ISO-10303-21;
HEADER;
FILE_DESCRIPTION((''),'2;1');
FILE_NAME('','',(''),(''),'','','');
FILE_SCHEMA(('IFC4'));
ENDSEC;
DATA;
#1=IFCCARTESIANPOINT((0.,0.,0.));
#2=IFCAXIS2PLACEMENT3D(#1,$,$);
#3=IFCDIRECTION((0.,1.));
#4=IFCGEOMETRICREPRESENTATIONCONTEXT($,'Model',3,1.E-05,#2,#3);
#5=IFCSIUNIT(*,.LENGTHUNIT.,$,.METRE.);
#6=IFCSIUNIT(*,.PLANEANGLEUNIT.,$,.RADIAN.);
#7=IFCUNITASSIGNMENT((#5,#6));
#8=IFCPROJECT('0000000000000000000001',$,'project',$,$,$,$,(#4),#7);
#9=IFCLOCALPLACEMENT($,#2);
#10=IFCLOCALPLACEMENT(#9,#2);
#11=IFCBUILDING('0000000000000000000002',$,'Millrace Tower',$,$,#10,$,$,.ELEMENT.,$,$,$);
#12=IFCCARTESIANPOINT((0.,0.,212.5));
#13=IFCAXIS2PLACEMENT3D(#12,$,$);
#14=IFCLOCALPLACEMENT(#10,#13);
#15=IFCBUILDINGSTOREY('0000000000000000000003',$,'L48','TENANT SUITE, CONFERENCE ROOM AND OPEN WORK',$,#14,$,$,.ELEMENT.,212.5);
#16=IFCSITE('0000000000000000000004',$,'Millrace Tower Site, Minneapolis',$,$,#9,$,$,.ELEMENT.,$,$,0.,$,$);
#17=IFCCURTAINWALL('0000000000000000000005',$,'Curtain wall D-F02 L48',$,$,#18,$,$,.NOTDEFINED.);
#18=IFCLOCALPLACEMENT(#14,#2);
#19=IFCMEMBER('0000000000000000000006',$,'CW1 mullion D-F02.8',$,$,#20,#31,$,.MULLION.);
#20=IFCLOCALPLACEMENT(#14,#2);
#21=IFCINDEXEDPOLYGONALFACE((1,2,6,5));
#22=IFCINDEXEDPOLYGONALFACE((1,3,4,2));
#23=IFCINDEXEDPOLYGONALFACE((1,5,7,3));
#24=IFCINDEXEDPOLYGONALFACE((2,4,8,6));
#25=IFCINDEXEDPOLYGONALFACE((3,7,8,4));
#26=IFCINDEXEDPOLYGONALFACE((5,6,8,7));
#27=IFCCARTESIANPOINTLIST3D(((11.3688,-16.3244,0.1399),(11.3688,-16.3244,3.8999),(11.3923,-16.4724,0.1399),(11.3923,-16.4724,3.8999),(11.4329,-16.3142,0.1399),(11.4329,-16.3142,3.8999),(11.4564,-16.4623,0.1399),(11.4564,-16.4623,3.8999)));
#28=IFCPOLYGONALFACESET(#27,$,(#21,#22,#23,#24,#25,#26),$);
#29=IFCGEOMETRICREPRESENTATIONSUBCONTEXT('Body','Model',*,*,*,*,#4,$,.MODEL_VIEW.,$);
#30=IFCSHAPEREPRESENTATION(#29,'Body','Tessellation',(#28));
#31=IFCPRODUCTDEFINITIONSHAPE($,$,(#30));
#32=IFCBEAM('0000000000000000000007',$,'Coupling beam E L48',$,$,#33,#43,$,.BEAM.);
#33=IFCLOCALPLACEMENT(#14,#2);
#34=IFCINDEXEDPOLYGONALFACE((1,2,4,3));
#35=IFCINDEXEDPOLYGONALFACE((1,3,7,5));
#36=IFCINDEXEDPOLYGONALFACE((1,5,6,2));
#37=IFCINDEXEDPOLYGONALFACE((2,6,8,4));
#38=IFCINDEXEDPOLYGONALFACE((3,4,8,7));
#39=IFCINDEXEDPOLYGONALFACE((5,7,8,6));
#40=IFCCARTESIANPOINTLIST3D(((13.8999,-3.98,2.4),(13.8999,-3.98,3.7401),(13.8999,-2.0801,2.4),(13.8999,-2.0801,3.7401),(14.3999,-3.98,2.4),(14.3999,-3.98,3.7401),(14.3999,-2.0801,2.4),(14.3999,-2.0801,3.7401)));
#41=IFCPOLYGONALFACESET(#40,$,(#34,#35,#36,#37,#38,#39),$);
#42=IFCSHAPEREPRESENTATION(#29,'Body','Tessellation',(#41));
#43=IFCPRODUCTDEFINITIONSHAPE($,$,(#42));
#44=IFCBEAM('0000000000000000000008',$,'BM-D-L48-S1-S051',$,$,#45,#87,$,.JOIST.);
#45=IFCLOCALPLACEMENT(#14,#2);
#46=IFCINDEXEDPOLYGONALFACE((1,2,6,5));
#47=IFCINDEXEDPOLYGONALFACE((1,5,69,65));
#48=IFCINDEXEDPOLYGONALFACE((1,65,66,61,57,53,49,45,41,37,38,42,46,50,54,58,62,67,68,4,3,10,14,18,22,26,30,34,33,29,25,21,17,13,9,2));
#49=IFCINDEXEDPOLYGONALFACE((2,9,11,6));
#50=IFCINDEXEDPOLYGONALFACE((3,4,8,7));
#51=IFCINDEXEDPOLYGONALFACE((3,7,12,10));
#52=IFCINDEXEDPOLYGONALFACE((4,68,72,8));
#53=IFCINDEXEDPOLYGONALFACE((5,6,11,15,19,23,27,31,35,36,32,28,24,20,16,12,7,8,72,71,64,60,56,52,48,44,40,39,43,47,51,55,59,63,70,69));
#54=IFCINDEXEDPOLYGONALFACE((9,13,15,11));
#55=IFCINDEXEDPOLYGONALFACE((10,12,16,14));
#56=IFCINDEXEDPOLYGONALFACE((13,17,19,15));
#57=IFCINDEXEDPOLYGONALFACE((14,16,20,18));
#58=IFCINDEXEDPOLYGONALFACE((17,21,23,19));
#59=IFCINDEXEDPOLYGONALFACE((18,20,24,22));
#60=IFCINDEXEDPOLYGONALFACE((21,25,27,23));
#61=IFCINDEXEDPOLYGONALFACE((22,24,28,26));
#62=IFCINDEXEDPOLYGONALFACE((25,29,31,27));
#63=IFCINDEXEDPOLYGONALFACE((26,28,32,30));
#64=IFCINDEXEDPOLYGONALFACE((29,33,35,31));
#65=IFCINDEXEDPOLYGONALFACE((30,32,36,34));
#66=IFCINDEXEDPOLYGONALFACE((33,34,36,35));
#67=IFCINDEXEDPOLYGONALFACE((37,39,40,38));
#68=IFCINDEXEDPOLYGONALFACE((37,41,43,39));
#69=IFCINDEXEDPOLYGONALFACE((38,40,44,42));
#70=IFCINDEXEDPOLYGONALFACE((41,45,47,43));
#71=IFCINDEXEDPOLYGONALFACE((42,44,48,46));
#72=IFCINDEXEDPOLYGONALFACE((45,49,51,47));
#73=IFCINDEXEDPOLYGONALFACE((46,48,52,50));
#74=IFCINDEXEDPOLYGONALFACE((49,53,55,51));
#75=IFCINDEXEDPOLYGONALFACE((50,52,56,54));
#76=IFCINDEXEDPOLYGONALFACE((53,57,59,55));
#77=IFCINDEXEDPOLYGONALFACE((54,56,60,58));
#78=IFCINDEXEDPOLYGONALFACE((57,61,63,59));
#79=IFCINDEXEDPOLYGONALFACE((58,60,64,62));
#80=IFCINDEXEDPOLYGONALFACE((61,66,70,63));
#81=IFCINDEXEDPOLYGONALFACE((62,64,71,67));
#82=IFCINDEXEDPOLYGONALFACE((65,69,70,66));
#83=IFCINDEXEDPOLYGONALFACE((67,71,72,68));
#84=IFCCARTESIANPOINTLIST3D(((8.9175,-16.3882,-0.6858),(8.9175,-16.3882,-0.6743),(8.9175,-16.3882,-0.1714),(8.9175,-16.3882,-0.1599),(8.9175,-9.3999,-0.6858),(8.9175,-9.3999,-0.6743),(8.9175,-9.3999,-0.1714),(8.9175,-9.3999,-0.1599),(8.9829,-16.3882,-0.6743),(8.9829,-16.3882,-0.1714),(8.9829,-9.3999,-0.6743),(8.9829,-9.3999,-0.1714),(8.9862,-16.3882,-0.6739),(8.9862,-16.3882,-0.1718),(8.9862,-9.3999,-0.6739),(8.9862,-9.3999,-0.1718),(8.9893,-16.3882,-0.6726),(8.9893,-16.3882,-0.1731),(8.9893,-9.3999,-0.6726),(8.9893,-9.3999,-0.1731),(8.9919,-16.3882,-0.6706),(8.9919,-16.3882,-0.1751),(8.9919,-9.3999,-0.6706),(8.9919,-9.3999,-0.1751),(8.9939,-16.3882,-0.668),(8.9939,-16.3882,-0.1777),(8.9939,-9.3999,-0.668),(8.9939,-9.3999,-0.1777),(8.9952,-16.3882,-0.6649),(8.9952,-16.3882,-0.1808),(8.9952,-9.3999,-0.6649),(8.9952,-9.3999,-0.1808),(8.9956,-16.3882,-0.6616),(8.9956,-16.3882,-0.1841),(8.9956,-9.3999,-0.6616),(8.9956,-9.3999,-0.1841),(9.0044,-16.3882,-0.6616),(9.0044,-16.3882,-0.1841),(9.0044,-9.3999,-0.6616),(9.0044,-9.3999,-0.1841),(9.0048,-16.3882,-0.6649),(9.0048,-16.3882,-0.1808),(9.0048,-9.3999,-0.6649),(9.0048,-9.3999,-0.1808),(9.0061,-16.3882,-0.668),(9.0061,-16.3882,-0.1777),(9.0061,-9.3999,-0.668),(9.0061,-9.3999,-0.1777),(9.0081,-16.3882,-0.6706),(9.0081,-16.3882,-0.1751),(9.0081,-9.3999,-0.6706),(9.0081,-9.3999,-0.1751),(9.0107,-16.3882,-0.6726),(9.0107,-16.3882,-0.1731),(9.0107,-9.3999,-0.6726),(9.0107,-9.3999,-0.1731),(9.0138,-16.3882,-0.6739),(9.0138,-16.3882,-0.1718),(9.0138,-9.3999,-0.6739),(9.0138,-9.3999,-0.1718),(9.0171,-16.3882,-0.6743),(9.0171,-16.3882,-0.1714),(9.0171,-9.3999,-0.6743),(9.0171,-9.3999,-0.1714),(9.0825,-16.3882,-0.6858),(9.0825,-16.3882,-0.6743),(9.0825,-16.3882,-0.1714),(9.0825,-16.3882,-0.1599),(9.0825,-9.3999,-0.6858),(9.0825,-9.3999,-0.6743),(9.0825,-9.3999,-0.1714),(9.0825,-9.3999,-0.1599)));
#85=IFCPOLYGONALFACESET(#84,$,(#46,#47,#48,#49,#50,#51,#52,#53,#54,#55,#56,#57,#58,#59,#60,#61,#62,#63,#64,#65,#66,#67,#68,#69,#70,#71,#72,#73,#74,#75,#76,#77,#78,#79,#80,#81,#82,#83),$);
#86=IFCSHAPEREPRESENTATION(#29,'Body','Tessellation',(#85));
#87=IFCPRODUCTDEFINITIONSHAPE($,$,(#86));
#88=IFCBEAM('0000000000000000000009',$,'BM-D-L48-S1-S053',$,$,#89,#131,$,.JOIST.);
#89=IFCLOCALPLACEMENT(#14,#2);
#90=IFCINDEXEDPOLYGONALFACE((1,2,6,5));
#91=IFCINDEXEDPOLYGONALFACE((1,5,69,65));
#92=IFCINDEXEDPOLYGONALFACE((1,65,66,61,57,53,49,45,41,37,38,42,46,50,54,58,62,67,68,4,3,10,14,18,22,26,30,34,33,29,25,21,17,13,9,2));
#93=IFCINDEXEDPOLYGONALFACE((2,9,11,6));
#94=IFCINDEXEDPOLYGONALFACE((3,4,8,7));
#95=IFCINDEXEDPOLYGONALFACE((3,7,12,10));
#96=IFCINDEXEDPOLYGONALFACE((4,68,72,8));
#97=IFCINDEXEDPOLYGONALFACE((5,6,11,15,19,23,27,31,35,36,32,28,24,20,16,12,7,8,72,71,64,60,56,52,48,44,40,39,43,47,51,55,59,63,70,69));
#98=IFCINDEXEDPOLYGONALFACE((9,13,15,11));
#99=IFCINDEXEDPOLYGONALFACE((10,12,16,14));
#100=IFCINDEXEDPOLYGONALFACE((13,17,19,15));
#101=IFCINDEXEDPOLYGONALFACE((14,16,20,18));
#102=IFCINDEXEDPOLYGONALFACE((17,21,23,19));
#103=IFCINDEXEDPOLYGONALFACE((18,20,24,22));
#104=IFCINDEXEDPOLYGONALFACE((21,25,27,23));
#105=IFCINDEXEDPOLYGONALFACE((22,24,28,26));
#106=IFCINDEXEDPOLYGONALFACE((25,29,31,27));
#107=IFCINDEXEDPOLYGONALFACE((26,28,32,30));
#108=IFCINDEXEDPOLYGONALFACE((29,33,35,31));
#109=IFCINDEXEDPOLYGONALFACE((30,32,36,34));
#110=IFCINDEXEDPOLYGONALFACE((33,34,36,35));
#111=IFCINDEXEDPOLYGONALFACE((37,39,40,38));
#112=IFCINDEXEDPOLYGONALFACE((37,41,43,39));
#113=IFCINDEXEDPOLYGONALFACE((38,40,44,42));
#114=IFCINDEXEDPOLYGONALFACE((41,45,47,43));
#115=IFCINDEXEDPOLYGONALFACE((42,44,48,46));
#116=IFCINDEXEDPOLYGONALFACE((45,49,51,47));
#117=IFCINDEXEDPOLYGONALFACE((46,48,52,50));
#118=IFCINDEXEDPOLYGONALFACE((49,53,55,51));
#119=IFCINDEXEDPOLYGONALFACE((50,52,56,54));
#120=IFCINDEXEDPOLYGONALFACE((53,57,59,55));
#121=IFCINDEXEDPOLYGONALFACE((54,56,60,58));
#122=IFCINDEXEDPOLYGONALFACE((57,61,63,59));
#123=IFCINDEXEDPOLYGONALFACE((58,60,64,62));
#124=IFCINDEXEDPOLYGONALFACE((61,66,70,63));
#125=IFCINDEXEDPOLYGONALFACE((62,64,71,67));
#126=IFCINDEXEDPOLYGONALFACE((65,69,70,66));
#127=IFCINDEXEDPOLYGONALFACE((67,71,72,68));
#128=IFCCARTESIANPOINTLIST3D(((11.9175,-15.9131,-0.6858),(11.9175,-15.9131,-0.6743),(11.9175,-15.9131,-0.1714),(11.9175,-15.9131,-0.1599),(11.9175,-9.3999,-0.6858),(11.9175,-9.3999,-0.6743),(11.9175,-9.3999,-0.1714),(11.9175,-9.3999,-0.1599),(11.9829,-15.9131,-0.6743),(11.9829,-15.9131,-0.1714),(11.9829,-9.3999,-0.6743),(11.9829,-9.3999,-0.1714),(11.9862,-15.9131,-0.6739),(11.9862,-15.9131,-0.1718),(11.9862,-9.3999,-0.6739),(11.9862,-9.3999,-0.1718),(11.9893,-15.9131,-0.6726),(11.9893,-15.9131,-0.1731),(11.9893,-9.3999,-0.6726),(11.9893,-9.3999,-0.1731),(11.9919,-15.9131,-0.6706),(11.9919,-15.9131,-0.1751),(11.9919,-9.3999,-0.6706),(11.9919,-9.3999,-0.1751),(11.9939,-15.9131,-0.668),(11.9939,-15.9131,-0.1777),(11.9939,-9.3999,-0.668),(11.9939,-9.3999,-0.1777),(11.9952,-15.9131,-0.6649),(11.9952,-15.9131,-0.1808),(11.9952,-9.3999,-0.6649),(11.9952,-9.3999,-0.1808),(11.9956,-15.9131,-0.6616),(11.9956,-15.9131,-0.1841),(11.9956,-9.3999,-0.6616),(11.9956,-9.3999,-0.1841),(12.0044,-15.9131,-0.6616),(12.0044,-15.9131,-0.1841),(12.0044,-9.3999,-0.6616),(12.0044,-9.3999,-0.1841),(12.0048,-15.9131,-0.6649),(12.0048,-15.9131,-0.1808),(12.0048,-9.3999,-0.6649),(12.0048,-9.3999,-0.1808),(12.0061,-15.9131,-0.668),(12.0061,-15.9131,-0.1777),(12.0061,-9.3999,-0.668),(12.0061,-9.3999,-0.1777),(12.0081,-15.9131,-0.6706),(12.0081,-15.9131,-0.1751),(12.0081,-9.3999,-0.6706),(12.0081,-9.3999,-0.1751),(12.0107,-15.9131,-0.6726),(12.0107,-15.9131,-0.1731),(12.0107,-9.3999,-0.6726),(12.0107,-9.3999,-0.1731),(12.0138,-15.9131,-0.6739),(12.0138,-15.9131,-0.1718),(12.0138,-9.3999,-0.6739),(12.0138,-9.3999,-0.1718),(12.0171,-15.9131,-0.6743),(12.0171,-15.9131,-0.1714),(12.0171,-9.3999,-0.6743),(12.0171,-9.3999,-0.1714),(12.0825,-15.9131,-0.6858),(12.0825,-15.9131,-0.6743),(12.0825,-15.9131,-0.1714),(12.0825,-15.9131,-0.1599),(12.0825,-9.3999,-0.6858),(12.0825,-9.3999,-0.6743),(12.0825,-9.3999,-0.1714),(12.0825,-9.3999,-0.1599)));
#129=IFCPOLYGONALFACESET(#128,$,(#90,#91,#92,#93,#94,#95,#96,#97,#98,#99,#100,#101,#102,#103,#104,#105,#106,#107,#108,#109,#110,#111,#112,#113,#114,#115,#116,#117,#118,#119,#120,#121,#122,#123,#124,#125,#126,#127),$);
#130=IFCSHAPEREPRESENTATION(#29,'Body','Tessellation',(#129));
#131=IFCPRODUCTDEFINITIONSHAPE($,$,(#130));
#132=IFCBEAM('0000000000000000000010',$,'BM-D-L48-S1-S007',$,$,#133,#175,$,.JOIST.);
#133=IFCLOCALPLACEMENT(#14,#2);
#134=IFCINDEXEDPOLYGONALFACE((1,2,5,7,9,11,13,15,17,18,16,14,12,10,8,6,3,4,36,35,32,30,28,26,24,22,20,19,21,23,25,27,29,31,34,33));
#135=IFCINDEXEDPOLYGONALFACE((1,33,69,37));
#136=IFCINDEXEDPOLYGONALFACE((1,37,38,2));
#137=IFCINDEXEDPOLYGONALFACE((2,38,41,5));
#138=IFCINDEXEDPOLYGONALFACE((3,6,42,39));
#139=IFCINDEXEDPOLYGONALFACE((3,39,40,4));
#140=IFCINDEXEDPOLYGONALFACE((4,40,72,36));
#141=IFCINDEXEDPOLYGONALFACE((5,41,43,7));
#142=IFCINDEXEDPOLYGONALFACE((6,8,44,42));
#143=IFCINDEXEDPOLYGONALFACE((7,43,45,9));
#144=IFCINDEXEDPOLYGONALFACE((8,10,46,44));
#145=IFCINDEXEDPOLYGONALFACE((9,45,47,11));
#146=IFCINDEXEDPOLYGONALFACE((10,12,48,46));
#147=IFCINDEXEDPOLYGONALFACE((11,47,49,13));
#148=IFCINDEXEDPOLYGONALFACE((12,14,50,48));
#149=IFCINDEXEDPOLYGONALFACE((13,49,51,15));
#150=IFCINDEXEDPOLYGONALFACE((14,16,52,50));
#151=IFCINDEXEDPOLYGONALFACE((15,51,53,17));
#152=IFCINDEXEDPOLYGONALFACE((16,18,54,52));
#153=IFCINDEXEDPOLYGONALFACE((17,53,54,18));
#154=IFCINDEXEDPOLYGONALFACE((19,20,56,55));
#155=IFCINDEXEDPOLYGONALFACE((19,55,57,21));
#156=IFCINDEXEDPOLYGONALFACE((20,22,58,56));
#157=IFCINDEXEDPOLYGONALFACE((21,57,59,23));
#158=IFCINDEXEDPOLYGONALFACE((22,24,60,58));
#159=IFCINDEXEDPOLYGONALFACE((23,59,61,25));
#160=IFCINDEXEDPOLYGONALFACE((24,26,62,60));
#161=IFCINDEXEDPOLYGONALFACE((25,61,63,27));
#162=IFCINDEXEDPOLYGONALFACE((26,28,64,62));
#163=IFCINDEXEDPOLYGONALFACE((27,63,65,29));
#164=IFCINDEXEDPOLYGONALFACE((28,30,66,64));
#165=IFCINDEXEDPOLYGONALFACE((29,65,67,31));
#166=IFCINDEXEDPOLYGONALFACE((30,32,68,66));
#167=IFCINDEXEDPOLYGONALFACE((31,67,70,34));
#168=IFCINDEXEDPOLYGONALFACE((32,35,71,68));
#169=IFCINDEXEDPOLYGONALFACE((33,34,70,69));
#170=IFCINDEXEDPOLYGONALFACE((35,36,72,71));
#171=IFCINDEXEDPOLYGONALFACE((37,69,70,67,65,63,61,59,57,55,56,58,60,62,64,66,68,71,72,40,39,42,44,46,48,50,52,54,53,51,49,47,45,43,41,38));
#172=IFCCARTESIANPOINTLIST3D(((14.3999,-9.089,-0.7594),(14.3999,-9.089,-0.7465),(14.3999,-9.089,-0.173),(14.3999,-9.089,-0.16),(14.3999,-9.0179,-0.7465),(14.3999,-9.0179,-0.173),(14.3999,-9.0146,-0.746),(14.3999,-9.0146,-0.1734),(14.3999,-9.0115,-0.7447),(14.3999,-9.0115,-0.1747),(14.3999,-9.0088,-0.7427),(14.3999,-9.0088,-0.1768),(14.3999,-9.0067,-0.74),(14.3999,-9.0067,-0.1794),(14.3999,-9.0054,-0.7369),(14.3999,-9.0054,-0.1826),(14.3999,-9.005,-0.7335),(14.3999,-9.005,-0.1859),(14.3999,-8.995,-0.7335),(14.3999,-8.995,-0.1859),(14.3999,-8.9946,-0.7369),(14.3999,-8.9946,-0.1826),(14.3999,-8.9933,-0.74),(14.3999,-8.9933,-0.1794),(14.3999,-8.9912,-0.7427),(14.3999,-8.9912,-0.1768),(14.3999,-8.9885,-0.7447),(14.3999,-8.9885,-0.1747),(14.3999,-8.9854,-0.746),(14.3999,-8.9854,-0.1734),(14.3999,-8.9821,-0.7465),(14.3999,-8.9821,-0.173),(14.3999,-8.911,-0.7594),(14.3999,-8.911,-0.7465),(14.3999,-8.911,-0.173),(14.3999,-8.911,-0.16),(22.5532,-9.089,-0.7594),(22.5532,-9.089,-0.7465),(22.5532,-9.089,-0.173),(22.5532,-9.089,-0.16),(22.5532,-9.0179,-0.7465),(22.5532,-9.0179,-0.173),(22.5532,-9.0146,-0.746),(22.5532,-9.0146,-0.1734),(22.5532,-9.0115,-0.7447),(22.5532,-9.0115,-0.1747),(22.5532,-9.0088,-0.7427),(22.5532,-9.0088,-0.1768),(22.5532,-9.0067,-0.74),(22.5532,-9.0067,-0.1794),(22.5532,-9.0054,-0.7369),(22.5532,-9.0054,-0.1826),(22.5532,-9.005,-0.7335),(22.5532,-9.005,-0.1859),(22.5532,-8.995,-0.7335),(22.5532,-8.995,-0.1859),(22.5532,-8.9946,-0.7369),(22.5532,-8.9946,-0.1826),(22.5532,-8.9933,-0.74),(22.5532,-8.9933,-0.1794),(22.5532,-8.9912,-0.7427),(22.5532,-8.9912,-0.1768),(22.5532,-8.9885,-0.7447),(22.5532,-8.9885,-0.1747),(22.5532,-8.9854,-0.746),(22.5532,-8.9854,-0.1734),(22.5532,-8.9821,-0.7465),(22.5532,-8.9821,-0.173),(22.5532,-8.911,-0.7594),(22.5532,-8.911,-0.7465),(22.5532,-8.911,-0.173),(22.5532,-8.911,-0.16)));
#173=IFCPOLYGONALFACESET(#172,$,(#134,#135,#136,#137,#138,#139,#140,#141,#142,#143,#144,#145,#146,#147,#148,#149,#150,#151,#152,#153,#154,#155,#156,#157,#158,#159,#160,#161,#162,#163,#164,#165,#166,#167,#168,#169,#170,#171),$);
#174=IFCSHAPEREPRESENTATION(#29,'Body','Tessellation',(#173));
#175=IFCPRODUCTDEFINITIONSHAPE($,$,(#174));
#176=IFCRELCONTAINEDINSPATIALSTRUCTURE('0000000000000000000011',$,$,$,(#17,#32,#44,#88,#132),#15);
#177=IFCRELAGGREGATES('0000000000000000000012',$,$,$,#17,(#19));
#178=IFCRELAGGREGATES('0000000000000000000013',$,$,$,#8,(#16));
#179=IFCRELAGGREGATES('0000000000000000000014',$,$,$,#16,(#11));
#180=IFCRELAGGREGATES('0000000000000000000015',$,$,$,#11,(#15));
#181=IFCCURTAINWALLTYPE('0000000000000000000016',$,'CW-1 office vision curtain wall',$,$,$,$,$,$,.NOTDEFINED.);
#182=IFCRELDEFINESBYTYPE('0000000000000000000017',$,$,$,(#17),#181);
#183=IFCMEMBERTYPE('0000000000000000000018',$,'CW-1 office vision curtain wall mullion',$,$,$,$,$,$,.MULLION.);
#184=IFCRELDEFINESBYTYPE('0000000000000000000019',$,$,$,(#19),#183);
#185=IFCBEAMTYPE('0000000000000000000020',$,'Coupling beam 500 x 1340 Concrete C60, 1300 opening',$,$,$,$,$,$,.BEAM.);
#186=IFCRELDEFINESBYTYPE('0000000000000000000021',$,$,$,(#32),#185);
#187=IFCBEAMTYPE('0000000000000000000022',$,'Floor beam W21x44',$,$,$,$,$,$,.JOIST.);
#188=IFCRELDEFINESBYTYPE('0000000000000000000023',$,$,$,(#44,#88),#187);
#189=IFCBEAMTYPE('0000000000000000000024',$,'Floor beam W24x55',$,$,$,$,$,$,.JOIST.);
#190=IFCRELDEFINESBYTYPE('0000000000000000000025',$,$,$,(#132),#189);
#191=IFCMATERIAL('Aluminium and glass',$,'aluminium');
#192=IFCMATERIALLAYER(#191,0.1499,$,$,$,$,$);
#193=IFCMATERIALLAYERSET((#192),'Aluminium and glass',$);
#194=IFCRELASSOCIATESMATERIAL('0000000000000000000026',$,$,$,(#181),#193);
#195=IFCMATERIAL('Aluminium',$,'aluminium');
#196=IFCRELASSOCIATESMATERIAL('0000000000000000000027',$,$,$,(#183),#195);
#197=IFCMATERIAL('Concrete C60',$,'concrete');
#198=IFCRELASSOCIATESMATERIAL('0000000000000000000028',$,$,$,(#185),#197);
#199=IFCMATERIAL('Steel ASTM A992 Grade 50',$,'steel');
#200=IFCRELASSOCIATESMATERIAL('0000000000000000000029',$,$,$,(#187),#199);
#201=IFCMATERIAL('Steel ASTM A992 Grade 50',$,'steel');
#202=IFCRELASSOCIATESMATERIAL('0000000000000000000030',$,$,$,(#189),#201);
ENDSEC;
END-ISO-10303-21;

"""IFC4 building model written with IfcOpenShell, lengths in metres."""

from ifc_helpers import new_model, si_unit, direction, frame, origin, origin_2d, place, context, subcontext, project, spatial, rectangle, i_section, extrude, material, layer, layer_set, material_profile, profile_set, type_object, element, aggregate, save


model = new_model("IFC4")

# Units and contexts
model_context = context("Model", 3, precision=1e-05, world=origin(), true_north=direction((0.0, 1.0)))
body_context = subcontext(model_context, "Body", "Model", "MODEL_VIEW")
ifc_project = project(units=[si_unit("LENGTHUNIT", "METRE"), si_unit("PLANEANGLEUNIT", "RADIAN")], contexts=[model_context])

# Site, building, storey
site_placement = place(None, origin())
site = spatial("IfcSite", under=ifc_project, at=site_placement, Name="Millrace Tower Site, Minneapolis", CompositionType="ELEMENT", RefElevation=0.0)
building_placement = place(site_placement, origin())
building = spatial("IfcBuilding", under=site, at=building_placement, Name="Millrace Tower", CompositionType="ELEMENT")
storey_placement = place(building_placement, frame((0.0, 0.0, 212.5)))
storey = spatial("IfcBuildingStorey", under=building, at=storey_placement, Name="L48", Description="TENANT SUITE, CONFERENCE ROOM AND OPEN WORK", CompositionType="ELEMENT", Elevation=212.5)

# Curtain wall, member
ifc_material_1 = material(Name="Aluminium and glass", Category="aluminium")
ifc_layer_1 = layer(ifc_material_1, 0.1499)
ifc_layer_set_1 = layer_set([ifc_layer_1], Name="Aluminium and glass")
curtain_wall_type = type_object("IfcCurtainWallType", Name="CW-1 office vision curtain wall", PredefinedType="NOTDEFINED", material=ifc_layer_set_1)
placement = place(storey_placement, origin())
curtain_wall = element("IfcCurtainWall", 1, at=placement, inside=storey, type_object=curtain_wall_type, Name="Curtain wall D-F02 L48", PredefinedType="NOTDEFINED")
ifc_material_2 = material(Name="Aluminium", Category="aluminium")
ifc_material_profile_1 = material_profile(ifc_material_2, rectangle(XDim=0.0649, YDim=0.1499, at=origin_2d()))
ifc_profile_set_1 = profile_set([ifc_material_profile_1], Name="Aluminium")
member_type = type_object("IfcMemberType", Name="CW-1 office vision curtain wall mullion", PredefinedType="MULLION", material=ifc_profile_set_1)
member_placement = place(storey_placement, frame((11.4126, -16.3933, 0.1399), z_axis=(0.0, 0.0, 1.0), x_axis=(0.987688, 0.156434, 0.0)))
member = element("IfcMember", 2, at=member_placement, type_object=member_type, Name="CW1 mullion D-F02.8", PredefinedType="MULLION", context=body_context, shape_type="SweptSolid", body=[
    extrude(rectangle(XDim=0.0649, YDim=0.1499, at=origin_2d()), origin(), (0.0, 0.0, 1.0), 3.76),
])
aggregate(curtain_wall, [member])

# Beams
ifc_material_3 = material(Name="Concrete C60", Category="concrete")
ifc_material_profile_2 = material_profile(ifc_material_3, rectangle(XDim=0.5, YDim=1.3401, at=origin_2d()))
ifc_profile_set_2 = profile_set([ifc_material_profile_2], Name="Concrete C60")
beam_type_1 = type_object("IfcBeamType", Name="Coupling beam 500 x 1340 Concrete C60, 1300 opening", PredefinedType="BEAM", material=ifc_profile_set_2)
beam_1_placement = place(storey_placement, frame((14.1499, -2.0801, 3.0701), z_axis=(0.0, -1.0, 0.0), x_axis=(1.0, 0.0, 0.0)))
element("IfcBeam", 3, at=beam_1_placement, inside=storey, type_object=beam_type_1, Name="Coupling beam E L48", PredefinedType="BEAM", context=body_context, shape_type="SweptSolid", body=[
    extrude(rectangle(XDim=0.5, YDim=1.3401, at=origin_2d()), origin(), (0.0, 0.0, 1.0), 1.8999),
])
ifc_material_4 = material(Name="Steel ASTM A992 Grade 50", Category="steel")
ifc_material_profile_3 = material_profile(ifc_material_4, i_section(OverallWidth=0.165, OverallDepth=0.5259, WebThickness=0.0088, FlangeThickness=0.0115, FilletRadius=0.0127, at=origin_2d()))
ifc_profile_set_3 = profile_set([ifc_material_profile_3], Name="Steel ASTM A992 Grade 50")
beam_type_2 = type_object("IfcBeamType", Name="Floor beam W21x44", PredefinedType="JOIST", material=ifc_profile_set_3)
beam_2_placement = place(storey_placement, frame((9.0, -16.3882, -0.4229), z_axis=(0.0, 1.0, 0.0), x_axis=(-1.0, 0.0, 0.0)))
element("IfcBeam", 4, at=beam_2_placement, inside=storey, type_object=beam_type_2, Name="BM-D-L48-S1-S051", PredefinedType="JOIST", context=body_context, shape_type="SweptSolid", body=[
    extrude(i_section(OverallWidth=0.165, OverallDepth=0.5259, WebThickness=0.0088, FlangeThickness=0.0115, FilletRadius=0.0127, at=origin_2d()), origin(), (0.0, 0.0, 1.0), 6.9883),
])
beam_3_placement = place(storey_placement, frame((12.0, -15.9131, -0.4229), z_axis=(0.0, 1.0, 0.0), x_axis=(-1.0, 0.0, 0.0)))
element("IfcBeam", 5, at=beam_3_placement, inside=storey, type_object=beam_type_2, Name="BM-D-L48-S1-S053", PredefinedType="JOIST", context=body_context, shape_type="SweptSolid", body=[
    extrude(i_section(OverallWidth=0.165, OverallDepth=0.5259, WebThickness=0.0088, FlangeThickness=0.0115, FilletRadius=0.0127, at=origin_2d()), origin(), (0.0, 0.0, 1.0), 6.5132),
])
ifc_material_5 = material(Name="Steel ASTM A992 Grade 50", Category="steel")
ifc_material_profile_4 = material_profile(ifc_material_5, i_section(OverallWidth=0.178, OverallDepth=0.5994, WebThickness=0.01, FlangeThickness=0.0129, FilletRadius=0.0129, at=origin_2d()))
ifc_profile_set_4 = profile_set([ifc_material_profile_4], Name="Steel ASTM A992 Grade 50")
beam_type_3 = type_object("IfcBeamType", Name="Floor beam W24x55", PredefinedType="JOIST", material=ifc_profile_set_4)
beam_4_placement = place(storey_placement, frame((14.3999, -9.0, -0.4597), z_axis=(1.0, 0.0, 0.0), x_axis=(0.0, 1.0, 0.0)))
element("IfcBeam", 6, at=beam_4_placement, inside=storey, type_object=beam_type_3, Name="BM-D-L48-S1-S007", PredefinedType="JOIST", context=body_context, shape_type="SweptSolid", body=[
    extrude(i_section(OverallWidth=0.178, OverallDepth=0.5994, WebThickness=0.01, FlangeThickness=0.0129, FilletRadius=0.0129, at=origin_2d()), origin(), (0.0, 0.0, 1.0), 8.1533),
])

save(model, "model.ifc")
